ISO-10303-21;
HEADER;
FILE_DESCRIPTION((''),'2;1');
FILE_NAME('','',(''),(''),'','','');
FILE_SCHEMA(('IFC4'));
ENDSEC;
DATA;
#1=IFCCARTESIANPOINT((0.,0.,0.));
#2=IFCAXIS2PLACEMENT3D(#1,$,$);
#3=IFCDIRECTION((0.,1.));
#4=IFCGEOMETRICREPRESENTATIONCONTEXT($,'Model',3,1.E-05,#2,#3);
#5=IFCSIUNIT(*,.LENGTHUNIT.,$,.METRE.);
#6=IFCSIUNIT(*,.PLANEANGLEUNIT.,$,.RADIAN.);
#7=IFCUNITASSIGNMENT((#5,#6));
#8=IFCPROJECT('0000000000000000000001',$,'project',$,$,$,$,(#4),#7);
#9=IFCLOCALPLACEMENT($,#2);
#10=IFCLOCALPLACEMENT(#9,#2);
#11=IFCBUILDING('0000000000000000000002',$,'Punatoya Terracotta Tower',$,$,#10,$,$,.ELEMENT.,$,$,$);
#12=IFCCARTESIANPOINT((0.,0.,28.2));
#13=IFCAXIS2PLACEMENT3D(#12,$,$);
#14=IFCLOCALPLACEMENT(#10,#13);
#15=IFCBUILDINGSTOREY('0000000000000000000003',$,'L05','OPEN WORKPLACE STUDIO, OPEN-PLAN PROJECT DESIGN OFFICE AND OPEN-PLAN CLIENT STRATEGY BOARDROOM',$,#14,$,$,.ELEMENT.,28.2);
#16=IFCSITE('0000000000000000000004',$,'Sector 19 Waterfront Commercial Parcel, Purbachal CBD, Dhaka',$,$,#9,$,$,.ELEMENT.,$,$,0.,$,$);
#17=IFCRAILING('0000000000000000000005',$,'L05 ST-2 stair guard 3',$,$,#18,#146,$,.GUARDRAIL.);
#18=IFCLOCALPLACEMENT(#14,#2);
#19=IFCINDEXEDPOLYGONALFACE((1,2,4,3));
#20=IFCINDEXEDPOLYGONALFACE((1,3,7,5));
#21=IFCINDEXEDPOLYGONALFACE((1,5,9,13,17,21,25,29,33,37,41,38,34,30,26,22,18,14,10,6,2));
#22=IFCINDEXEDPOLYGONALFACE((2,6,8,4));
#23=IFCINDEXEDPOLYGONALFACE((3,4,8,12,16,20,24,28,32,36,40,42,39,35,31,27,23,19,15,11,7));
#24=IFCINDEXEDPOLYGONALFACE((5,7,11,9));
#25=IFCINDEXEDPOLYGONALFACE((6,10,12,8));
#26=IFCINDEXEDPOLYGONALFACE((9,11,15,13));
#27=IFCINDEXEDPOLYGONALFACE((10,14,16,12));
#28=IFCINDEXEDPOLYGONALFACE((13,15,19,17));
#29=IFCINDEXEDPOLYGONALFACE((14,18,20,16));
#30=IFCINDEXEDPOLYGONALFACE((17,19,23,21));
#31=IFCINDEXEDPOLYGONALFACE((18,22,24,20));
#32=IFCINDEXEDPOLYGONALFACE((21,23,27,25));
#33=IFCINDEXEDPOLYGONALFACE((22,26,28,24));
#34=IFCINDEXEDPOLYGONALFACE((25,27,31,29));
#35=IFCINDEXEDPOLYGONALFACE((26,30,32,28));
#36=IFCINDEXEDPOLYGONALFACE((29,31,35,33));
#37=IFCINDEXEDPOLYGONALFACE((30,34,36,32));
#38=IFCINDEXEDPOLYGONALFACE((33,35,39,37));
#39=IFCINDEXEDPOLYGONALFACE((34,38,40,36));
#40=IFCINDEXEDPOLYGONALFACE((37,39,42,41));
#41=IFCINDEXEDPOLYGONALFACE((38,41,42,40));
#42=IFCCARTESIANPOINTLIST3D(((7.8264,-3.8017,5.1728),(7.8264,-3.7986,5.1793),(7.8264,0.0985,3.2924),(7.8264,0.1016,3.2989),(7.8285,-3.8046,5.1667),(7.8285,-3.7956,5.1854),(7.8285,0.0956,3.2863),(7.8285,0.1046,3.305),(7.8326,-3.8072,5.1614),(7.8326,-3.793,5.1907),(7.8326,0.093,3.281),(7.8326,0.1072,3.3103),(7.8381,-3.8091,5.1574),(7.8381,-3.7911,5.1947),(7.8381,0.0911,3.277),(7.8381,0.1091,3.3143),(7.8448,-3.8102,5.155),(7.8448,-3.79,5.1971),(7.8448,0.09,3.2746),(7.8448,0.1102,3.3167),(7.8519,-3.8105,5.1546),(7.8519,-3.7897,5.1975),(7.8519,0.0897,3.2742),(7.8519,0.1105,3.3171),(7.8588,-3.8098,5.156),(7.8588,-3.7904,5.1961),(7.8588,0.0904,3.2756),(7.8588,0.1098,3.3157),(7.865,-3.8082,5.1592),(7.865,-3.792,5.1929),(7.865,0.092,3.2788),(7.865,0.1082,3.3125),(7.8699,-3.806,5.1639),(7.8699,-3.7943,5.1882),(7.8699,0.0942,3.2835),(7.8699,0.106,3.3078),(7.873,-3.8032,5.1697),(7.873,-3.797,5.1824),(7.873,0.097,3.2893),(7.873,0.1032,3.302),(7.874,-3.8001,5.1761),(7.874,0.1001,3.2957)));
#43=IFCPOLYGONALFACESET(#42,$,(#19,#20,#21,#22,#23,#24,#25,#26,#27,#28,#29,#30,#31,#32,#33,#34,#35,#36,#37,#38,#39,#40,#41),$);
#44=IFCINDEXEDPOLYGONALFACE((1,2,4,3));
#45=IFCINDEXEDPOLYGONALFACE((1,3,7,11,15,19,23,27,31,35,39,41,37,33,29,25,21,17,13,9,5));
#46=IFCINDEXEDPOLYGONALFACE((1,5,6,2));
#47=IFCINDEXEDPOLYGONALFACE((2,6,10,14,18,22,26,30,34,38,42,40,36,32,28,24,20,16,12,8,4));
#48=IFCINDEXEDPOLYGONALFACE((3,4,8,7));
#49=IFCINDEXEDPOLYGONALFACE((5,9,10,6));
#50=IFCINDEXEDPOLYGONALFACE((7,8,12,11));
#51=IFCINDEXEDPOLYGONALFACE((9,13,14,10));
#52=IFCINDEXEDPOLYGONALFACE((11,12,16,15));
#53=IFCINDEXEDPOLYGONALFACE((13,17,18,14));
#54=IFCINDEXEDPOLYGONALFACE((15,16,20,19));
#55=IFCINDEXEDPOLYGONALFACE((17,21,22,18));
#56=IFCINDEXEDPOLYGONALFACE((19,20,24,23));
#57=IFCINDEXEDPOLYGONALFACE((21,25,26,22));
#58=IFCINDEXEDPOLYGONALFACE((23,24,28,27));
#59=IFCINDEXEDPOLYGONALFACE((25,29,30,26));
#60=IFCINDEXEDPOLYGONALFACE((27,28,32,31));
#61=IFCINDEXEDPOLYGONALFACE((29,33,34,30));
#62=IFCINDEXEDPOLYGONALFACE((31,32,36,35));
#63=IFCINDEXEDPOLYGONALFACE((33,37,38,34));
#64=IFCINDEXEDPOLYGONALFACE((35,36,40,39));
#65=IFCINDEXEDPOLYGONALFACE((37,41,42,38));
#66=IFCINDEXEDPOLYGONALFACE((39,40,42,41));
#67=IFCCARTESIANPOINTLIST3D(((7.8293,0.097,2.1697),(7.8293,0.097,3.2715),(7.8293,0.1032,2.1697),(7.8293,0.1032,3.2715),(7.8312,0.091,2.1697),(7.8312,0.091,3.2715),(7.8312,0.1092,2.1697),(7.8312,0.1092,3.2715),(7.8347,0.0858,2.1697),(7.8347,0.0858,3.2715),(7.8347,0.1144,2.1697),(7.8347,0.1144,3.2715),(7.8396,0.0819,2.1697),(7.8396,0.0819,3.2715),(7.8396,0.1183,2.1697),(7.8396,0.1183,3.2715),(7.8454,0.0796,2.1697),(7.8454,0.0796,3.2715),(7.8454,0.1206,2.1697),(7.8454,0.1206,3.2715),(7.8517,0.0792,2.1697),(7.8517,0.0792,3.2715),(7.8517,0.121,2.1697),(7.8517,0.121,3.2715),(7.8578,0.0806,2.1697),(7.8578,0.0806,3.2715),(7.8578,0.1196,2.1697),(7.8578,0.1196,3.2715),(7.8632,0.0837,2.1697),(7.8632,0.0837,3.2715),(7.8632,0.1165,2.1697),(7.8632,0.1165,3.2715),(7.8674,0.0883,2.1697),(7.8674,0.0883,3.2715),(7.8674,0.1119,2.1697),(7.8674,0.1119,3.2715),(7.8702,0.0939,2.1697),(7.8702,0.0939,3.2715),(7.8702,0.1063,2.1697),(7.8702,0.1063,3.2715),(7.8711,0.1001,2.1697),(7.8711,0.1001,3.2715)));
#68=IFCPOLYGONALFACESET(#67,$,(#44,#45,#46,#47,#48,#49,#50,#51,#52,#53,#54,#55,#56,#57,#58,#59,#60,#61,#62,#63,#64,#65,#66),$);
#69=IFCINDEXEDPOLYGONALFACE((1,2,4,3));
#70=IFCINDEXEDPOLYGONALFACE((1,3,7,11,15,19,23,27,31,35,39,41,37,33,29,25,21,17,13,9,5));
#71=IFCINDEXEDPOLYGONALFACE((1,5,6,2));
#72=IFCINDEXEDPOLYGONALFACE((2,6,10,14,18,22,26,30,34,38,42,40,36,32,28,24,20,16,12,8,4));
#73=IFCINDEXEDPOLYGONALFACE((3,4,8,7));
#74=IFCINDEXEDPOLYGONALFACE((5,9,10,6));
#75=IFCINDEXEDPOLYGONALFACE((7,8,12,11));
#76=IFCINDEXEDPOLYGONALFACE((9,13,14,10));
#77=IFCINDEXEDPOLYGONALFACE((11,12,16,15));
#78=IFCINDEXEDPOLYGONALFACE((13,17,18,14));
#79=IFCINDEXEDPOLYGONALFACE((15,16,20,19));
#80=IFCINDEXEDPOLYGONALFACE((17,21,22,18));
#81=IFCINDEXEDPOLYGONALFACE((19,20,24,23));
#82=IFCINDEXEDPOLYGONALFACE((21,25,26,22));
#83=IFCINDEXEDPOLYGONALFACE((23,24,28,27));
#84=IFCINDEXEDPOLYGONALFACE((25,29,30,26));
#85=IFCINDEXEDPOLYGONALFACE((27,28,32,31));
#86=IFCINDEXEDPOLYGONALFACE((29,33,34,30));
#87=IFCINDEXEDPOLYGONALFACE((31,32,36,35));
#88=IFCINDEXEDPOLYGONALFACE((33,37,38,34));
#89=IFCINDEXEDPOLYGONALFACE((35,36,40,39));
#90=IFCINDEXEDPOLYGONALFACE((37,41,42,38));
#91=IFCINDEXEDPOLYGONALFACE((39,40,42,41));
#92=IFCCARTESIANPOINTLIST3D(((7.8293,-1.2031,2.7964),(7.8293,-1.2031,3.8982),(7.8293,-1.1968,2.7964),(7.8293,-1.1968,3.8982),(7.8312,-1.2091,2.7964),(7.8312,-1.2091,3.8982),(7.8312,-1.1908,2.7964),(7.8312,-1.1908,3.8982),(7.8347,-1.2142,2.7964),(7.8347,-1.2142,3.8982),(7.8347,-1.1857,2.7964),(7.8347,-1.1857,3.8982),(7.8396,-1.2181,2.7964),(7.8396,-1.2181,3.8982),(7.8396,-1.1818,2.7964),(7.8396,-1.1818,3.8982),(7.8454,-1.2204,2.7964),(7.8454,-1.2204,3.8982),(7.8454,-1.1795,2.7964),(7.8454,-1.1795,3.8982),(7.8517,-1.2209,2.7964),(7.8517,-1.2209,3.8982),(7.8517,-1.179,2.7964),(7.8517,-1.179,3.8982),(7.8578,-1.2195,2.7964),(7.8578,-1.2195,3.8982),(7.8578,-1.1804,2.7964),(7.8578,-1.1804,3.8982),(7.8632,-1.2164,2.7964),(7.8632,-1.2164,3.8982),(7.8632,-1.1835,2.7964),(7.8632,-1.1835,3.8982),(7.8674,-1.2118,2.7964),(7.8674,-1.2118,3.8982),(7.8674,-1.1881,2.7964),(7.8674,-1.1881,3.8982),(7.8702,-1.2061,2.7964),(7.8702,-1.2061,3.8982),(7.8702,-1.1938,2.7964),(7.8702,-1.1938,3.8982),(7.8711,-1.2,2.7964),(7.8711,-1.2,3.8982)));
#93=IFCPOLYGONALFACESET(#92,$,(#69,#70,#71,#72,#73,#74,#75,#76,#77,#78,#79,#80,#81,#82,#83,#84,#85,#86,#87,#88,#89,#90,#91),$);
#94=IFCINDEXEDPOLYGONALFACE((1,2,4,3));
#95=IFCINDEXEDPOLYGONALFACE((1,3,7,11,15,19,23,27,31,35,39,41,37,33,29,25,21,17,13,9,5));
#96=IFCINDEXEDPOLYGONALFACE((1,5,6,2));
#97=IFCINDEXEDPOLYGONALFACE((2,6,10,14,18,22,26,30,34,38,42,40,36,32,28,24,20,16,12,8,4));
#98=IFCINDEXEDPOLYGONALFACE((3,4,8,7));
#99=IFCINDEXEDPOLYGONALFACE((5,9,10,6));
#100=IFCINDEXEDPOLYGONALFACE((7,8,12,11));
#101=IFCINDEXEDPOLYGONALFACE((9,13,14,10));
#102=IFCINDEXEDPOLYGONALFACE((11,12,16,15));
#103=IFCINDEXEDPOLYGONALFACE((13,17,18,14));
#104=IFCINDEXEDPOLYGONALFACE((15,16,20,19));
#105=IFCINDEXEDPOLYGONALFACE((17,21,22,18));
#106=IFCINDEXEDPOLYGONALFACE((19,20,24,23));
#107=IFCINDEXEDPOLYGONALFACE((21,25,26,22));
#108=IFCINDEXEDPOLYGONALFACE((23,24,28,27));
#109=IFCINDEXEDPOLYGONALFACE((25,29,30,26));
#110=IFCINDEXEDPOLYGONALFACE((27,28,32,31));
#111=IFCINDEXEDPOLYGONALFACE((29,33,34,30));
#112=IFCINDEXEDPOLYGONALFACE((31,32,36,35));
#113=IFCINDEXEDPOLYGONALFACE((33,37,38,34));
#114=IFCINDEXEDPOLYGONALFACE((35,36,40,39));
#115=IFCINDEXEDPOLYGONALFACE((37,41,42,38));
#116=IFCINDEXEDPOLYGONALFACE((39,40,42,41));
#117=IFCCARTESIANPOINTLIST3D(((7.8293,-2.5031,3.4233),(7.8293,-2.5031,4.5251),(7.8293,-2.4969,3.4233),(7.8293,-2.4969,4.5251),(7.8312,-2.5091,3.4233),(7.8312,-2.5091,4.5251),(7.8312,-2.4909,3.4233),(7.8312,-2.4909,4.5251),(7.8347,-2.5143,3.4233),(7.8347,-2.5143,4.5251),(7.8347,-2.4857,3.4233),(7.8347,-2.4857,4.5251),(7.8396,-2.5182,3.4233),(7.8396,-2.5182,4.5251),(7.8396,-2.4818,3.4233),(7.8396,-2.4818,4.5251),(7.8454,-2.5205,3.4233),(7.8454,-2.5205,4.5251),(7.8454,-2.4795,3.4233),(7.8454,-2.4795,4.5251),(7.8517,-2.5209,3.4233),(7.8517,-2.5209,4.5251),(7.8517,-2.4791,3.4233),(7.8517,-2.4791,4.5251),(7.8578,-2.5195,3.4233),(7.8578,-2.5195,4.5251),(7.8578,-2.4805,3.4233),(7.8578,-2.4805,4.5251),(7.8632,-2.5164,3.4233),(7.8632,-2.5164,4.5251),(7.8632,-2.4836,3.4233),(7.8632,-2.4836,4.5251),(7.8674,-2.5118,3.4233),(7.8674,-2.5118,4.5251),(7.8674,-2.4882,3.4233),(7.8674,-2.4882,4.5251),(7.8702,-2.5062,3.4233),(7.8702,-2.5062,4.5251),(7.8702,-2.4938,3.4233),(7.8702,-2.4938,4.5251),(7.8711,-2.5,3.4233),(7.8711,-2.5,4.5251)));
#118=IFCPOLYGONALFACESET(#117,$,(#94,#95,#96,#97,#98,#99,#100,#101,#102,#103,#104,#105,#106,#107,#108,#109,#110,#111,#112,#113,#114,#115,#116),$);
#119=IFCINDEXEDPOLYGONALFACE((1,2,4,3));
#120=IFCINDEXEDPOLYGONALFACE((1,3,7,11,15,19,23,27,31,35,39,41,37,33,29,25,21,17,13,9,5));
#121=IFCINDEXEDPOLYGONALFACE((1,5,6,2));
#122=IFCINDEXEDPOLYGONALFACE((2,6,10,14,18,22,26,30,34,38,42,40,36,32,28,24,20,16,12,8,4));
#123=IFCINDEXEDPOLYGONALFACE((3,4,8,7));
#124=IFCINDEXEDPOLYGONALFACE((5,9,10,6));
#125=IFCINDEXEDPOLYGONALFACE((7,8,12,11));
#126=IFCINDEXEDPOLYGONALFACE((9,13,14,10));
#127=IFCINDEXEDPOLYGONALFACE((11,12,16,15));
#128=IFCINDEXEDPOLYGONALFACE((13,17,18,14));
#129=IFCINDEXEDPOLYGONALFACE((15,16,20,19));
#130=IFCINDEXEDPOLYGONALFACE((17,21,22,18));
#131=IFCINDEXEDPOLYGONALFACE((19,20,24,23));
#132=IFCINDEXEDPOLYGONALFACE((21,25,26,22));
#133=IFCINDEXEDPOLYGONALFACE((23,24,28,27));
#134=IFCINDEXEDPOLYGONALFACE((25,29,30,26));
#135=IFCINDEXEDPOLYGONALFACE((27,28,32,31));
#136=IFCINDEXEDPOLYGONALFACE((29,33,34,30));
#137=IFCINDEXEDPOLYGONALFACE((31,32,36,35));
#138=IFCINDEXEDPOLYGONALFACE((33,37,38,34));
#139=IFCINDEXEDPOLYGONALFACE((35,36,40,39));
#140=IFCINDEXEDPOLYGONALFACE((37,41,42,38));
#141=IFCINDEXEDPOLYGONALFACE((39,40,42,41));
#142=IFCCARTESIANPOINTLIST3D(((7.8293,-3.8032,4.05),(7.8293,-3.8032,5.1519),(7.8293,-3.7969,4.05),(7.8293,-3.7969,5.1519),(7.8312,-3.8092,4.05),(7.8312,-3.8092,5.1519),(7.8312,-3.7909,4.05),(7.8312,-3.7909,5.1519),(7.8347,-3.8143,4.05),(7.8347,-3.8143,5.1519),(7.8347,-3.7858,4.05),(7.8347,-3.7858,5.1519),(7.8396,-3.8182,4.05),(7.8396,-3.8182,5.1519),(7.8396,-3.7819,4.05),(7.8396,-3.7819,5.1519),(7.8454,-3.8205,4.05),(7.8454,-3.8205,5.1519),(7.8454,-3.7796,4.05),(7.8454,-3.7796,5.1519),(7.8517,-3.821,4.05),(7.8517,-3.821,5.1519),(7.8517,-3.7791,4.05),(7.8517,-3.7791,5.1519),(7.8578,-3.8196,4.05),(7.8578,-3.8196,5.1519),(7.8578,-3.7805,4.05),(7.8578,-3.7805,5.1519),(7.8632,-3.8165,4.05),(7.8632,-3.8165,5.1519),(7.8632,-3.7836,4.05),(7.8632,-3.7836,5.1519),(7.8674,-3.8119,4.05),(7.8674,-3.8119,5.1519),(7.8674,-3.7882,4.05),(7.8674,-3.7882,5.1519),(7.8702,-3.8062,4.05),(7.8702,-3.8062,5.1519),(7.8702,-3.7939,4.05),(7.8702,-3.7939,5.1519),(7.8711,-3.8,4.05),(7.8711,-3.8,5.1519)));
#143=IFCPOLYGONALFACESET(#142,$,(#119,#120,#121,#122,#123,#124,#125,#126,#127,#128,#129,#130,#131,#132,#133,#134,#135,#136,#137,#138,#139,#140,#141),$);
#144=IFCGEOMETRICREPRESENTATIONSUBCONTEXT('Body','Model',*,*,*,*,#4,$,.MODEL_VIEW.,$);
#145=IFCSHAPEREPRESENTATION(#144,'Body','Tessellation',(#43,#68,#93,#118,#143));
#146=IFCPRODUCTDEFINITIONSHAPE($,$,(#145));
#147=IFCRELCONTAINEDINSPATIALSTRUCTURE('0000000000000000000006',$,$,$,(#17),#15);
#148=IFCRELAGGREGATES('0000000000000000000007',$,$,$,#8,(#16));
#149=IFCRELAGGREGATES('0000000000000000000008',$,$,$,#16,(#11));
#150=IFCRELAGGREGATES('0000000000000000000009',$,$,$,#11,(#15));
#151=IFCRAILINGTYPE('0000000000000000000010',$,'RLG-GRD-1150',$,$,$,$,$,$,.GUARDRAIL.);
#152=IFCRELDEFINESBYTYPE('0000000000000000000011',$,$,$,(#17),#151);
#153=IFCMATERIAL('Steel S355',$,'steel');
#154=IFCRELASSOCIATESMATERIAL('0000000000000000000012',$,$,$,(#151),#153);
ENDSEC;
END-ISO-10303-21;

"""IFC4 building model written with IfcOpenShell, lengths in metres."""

from ifc_helpers import new_model, si_unit, direction, frame, origin, origin_2d, place, context, subcontext, project, spatial, circle, extrude, material, type_object, element, save


model = new_model("IFC4")

# Units and contexts
model_context = context("Model", 3, precision=1e-05, world=origin(), true_north=direction((0.0, 1.0)))
body_context = subcontext(model_context, "Body", "Model", "MODEL_VIEW")
ifc_project = project(units=[si_unit("LENGTHUNIT", "METRE"), si_unit("PLANEANGLEUNIT", "RADIAN")], contexts=[model_context])

# Site, building, storey
site_placement = place(None, origin())
site = spatial("IfcSite", under=ifc_project, at=site_placement, Name="Sector 19 Waterfront Commercial Parcel, Purbachal CBD, Dhaka", CompositionType="ELEMENT", RefElevation=0.0)
building_placement = place(site_placement, origin())
building = spatial("IfcBuilding", under=site, at=building_placement, Name="Punatoya Terracotta Tower", CompositionType="ELEMENT")
storey_placement = place(building_placement, frame((0.0, 0.0, 28.2)))
storey = spatial("IfcBuildingStorey", under=building, at=storey_placement, Name="L05", Description="OPEN WORKPLACE STUDIO, OPEN-PLAN PROJECT DESIGN OFFICE AND OPEN-PLAN CLIENT STRATEGY BOARDROOM", CompositionType="ELEMENT", Elevation=28.2)

# Shared definitions
ifc_material_1 = material(Name="Steel S355", Category="steel")

# Railing
railing_type_1 = type_object("IfcRailingType", Name="RLG-GRD-1150", PredefinedType="GUARDRAIL", material=ifc_material_1)
railing_1_placement = place(storey_placement, frame((7.8501, 0.1001, 2.1697)))
element("IfcRailing", 1, at=railing_1_placement, inside=storey, type_object=railing_type_1, Name="L05 ST-2 stair guard 3", PredefinedType="GUARDRAIL", context=body_context, shape_type="SweptSolid", body=[
    extrude(circle(Radius=0.0239, at=origin_2d()), frame((0.0, 0.0, 1.126), z_axis=(0.0, -0.900774, 0.434289), x_axis=(1.0, 0.0, 0.0)), (0.0, 0.0, 1.0), 4.3298),
    extrude(circle(Radius=0.021, at=origin_2d()), origin(), (0.0, 0.0, 1.0), 1.1018),
    extrude(circle(Radius=0.021, at=origin_2d()), frame((0.0, -1.3, 0.6267)), (0.0, 0.0, 1.0), 1.1018),
    extrude(circle(Radius=0.021, at=origin_2d()), frame((0.0, -2.6001, 1.2537)), (0.0, 0.0, 1.0), 1.1018),
    extrude(circle(Radius=0.021, at=origin_2d()), frame((0.0, -3.9001, 1.8804)), (0.0, 0.0, 1.0), 1.1018),
])

save(model, "model.ifc")
